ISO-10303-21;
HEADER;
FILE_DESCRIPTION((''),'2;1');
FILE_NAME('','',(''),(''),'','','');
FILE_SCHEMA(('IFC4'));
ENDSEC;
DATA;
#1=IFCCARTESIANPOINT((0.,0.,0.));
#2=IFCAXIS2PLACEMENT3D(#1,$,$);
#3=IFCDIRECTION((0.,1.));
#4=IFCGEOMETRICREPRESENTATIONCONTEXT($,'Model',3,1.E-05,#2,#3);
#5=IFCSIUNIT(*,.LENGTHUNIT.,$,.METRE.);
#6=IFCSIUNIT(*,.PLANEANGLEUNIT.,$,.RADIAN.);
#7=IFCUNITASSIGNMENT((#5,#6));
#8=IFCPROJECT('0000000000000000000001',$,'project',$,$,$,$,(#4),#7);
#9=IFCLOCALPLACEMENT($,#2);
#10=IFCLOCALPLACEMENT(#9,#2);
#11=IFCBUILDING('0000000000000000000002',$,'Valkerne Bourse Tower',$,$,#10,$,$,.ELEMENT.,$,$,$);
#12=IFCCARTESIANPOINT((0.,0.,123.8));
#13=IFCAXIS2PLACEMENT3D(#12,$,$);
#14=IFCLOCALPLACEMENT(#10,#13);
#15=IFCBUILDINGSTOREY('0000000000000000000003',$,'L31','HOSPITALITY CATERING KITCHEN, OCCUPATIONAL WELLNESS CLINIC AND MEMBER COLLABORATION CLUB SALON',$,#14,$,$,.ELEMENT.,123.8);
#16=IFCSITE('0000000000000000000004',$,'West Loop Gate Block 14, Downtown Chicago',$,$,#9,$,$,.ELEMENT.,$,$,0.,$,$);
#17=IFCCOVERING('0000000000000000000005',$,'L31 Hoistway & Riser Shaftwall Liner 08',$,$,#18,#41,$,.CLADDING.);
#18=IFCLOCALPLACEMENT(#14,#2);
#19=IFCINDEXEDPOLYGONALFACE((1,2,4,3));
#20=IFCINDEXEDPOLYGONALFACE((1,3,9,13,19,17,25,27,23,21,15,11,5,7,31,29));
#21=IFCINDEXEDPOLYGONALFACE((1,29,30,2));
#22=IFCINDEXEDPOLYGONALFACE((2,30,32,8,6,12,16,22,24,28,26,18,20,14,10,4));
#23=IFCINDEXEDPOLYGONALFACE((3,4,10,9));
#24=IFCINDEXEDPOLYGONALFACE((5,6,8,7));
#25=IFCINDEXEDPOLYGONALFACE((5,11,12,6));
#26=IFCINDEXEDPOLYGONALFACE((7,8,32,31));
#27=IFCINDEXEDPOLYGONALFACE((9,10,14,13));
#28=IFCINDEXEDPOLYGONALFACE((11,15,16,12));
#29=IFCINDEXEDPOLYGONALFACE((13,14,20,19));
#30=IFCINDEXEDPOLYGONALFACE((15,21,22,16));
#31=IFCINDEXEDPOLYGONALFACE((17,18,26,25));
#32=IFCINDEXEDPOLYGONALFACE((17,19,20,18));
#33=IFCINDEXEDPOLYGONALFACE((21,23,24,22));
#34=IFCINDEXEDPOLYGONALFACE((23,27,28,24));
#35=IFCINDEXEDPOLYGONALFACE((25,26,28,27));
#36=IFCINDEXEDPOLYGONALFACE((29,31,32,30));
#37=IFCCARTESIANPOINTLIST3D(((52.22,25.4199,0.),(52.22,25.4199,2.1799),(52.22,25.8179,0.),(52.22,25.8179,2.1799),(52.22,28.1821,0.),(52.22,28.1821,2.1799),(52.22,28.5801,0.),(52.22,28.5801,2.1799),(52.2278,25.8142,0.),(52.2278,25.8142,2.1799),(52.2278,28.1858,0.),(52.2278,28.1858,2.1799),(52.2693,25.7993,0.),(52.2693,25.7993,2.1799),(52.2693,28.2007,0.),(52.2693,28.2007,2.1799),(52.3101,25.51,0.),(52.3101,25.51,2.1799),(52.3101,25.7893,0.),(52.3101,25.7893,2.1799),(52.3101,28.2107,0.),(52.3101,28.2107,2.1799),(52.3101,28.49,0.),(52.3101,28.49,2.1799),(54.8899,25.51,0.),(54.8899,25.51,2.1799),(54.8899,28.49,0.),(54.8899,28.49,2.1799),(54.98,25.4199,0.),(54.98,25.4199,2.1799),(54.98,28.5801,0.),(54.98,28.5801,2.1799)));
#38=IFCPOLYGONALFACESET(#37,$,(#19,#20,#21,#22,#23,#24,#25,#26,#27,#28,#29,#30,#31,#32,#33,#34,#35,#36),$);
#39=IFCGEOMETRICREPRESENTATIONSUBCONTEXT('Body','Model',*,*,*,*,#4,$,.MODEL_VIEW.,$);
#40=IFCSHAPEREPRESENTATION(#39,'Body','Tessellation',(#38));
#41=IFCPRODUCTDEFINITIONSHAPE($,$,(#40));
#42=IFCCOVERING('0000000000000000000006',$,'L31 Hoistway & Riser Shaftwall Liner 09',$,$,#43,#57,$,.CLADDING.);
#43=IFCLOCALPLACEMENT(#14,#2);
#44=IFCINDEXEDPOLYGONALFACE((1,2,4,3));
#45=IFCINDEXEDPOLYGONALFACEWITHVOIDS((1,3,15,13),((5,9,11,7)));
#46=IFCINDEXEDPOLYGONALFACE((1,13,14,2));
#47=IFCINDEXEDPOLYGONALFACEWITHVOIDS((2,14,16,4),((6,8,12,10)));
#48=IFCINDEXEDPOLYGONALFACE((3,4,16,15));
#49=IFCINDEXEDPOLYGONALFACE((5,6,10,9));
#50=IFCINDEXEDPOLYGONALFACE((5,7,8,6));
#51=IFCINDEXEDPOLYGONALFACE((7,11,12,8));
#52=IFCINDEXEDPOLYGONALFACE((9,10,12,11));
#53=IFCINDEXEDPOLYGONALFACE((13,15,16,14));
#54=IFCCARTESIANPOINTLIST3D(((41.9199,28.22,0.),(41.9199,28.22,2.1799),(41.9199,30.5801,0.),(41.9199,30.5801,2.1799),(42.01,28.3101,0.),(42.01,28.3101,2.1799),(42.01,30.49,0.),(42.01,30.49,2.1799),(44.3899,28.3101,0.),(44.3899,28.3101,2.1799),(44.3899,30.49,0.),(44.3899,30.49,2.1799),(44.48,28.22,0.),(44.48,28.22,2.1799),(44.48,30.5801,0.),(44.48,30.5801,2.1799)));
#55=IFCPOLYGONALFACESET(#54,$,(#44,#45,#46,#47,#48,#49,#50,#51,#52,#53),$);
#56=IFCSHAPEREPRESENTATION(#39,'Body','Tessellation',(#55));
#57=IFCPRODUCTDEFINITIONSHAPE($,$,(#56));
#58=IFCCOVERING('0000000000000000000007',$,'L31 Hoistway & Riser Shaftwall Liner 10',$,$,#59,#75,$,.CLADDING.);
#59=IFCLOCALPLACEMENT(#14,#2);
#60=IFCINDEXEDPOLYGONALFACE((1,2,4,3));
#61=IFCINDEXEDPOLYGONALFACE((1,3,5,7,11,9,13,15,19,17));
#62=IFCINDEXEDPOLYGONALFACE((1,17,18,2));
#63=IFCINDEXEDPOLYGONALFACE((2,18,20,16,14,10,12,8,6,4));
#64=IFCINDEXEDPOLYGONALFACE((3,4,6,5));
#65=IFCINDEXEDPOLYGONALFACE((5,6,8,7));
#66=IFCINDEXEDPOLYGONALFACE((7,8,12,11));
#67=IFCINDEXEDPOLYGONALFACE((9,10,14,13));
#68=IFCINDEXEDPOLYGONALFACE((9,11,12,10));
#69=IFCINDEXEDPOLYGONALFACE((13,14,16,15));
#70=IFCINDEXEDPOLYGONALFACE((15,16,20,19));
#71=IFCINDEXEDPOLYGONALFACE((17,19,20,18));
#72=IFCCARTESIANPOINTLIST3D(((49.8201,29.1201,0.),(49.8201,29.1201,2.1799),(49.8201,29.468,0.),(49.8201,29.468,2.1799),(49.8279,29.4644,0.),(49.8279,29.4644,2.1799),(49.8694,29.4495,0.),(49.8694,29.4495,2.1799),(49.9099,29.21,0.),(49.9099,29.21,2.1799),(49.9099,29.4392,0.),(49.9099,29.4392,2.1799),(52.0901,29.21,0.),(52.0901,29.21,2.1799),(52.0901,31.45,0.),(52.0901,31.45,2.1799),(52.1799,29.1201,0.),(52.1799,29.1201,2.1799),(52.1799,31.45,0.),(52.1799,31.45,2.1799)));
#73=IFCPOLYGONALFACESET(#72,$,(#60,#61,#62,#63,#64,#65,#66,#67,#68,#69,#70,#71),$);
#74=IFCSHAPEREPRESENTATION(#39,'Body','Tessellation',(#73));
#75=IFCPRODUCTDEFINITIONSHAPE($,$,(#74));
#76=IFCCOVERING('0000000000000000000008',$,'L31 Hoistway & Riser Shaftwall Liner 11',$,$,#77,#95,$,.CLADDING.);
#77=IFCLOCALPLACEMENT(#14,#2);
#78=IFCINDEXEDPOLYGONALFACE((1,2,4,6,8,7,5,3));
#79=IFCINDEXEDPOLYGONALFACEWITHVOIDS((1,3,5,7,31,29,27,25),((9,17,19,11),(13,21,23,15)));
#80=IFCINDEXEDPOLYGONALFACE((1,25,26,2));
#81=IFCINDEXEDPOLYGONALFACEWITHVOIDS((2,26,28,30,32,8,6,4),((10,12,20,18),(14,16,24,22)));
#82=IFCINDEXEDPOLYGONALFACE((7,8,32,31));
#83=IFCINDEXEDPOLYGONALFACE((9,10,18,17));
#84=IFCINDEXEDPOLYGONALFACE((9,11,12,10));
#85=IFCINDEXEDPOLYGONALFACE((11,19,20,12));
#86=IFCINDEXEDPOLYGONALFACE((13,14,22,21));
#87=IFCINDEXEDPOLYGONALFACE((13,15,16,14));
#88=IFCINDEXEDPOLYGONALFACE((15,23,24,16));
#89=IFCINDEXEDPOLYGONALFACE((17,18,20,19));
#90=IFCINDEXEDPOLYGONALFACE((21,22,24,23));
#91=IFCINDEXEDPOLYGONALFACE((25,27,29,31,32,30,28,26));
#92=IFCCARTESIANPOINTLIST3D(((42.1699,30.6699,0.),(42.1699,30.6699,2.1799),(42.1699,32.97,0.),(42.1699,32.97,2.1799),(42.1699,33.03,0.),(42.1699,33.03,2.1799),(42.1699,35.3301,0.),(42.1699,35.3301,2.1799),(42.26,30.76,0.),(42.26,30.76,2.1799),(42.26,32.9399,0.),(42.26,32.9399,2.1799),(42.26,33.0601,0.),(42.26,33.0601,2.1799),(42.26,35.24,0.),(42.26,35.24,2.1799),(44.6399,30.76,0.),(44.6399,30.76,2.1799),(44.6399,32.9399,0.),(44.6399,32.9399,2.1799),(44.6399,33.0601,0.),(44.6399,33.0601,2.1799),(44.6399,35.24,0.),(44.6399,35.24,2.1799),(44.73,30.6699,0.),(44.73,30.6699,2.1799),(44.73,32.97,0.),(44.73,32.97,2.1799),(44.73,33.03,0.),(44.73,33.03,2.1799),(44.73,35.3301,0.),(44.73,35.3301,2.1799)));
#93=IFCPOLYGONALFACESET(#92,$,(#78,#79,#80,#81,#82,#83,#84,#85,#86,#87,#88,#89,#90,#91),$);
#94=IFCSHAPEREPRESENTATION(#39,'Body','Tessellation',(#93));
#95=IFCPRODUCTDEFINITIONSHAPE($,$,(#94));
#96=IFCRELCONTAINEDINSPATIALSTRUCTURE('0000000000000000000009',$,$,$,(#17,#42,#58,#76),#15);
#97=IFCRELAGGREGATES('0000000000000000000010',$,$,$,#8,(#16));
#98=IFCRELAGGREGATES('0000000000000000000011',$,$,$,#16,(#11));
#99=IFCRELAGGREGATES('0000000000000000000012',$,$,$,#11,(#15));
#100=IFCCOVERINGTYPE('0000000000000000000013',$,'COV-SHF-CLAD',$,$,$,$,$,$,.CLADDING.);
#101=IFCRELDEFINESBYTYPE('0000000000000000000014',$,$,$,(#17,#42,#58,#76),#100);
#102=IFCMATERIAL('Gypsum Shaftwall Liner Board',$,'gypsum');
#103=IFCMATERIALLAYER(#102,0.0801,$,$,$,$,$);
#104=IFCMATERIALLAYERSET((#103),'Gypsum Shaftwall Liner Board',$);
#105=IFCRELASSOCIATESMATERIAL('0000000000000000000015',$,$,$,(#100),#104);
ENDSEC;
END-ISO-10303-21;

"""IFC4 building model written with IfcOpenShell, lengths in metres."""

from ifc_helpers import new_model, si_unit, direction, frame, origin, place, context, subcontext, project, spatial, polyline, outline, extrude, material, layer, layer_set, type_object, element, save


model = new_model("IFC4")

# Units and contexts
model_context = context("Model", 3, precision=1e-05, world=origin(), true_north=direction((0.0, 1.0)))
body_context = subcontext(model_context, "Body", "Model", "MODEL_VIEW")
ifc_project = project(units=[si_unit("LENGTHUNIT", "METRE"), si_unit("PLANEANGLEUNIT", "RADIAN")], contexts=[model_context])

# Site, building, storey
site_placement = place(None, origin())
site = spatial("IfcSite", under=ifc_project, at=site_placement, Name="West Loop Gate Block 14, Downtown Chicago", CompositionType="ELEMENT", RefElevation=0.0)
building_placement = place(site_placement, origin())
building = spatial("IfcBuilding", under=site, at=building_placement, Name="Valkerne Bourse Tower", CompositionType="ELEMENT")
storey_placement = place(building_placement, frame((0.0, 0.0, 123.8)))
storey = spatial("IfcBuildingStorey", under=building, at=storey_placement, Name="L31", Description="HOSPITALITY CATERING KITCHEN, OCCUPATIONAL WELLNESS CLINIC AND MEMBER COLLABORATION CLUB SALON", CompositionType="ELEMENT", Elevation=123.8)

# Coverings
ifc_material_1 = material(Name="Gypsum Shaftwall Liner Board", Category="gypsum")
ifc_layer_1 = layer(ifc_material_1, 0.0801)
ifc_layer_set_1 = layer_set([ifc_layer_1], Name="Gypsum Shaftwall Liner Board")
covering_type_1 = type_object("IfcCoveringType", Name="COV-SHF-CLAD", PredefinedType="CLADDING", material=ifc_layer_set_1)
covering_1_placement = place(storey_placement, origin())
element("IfcCovering", 1, at=covering_1_placement, inside=storey, type_object=covering_type_1, Name="L31 Hoistway & Riser Shaftwall Liner 08", PredefinedType="CLADDING", context=body_context, shape_type="SweptSolid", body=[
    extrude(outline(polyline([(54.98, 25.4199), (52.22, 25.4199), (52.22, 25.8179), (52.2278, 25.8142), (52.2693, 25.7993), (52.3101, 25.7893), (52.3101, 25.51), (54.8899, 25.51), (54.8899, 28.49), (52.3101, 28.49), (52.3101, 28.2107), (52.2693, 28.2007), (52.2278, 28.1858), (52.22, 28.1821), (52.22, 28.5801), (54.98, 28.5801), (54.98, 25.4199)])), origin(), (0.0, 0.0, 1.0), 2.1799),
])
covering_2_placement = place(storey_placement, origin())
element("IfcCovering", 2, at=covering_2_placement, inside=storey, type_object=covering_type_1, Name="L31 Hoistway & Riser Shaftwall Liner 09", PredefinedType="CLADDING", context=body_context, shape_type="SweptSolid", body=[
    extrude(outline(polyline([(44.48, 28.22), (41.9199, 28.22), (41.9199, 30.5801), (44.48, 30.5801), (44.48, 28.22)]), holes=[polyline([(42.01, 30.49), (42.01, 28.3101), (44.3899, 28.3101), (44.3899, 30.49), (42.01, 30.49)])]), origin(), (0.0, 0.0, 1.0), 2.1799),
])
covering_3_placement = place(storey_placement, origin())
element("IfcCovering", 3, at=covering_3_placement, inside=storey, type_object=covering_type_1, Name="L31 Hoistway & Riser Shaftwall Liner 10", PredefinedType="CLADDING", context=body_context, shape_type="SweptSolid", body=[
    extrude(outline(polyline([(49.8201, 29.1201), (49.8201, 29.468), (49.8279, 29.4644), (49.8694, 29.4495), (49.9099, 29.4392), (49.9099, 29.21), (52.0901, 29.21), (52.0901, 31.45), (52.1799, 31.45), (52.1799, 29.1201), (49.8201, 29.1201)])), origin(), (0.0, 0.0, 1.0), 2.1799),
])
covering_4_placement = place(storey_placement, origin())
element("IfcCovering", 4, at=covering_4_placement, inside=storey, type_object=covering_type_1, Name="L31 Hoistway & Riser Shaftwall Liner 11", PredefinedType="CLADDING", context=body_context, shape_type="SweptSolid", body=[
    extrude(outline(polyline([(44.73, 35.3301), (44.73, 33.03), (44.73, 32.97), (44.73, 30.6699), (42.1699, 30.6699), (42.1699, 32.97), (42.1699, 33.03), (42.1699, 35.3301), (44.73, 35.3301)]), holes=[polyline([(42.26, 30.76), (44.6399, 30.76), (44.6399, 32.9399), (42.26, 32.9399), (42.26, 30.76)]), polyline([(42.26, 33.0601), (44.6399, 33.0601), (44.6399, 35.24), (42.26, 35.24), (42.26, 33.0601)])]), origin(), (0.0, 0.0, 1.0), 2.1799),
])

save(model, "model.ifc")
